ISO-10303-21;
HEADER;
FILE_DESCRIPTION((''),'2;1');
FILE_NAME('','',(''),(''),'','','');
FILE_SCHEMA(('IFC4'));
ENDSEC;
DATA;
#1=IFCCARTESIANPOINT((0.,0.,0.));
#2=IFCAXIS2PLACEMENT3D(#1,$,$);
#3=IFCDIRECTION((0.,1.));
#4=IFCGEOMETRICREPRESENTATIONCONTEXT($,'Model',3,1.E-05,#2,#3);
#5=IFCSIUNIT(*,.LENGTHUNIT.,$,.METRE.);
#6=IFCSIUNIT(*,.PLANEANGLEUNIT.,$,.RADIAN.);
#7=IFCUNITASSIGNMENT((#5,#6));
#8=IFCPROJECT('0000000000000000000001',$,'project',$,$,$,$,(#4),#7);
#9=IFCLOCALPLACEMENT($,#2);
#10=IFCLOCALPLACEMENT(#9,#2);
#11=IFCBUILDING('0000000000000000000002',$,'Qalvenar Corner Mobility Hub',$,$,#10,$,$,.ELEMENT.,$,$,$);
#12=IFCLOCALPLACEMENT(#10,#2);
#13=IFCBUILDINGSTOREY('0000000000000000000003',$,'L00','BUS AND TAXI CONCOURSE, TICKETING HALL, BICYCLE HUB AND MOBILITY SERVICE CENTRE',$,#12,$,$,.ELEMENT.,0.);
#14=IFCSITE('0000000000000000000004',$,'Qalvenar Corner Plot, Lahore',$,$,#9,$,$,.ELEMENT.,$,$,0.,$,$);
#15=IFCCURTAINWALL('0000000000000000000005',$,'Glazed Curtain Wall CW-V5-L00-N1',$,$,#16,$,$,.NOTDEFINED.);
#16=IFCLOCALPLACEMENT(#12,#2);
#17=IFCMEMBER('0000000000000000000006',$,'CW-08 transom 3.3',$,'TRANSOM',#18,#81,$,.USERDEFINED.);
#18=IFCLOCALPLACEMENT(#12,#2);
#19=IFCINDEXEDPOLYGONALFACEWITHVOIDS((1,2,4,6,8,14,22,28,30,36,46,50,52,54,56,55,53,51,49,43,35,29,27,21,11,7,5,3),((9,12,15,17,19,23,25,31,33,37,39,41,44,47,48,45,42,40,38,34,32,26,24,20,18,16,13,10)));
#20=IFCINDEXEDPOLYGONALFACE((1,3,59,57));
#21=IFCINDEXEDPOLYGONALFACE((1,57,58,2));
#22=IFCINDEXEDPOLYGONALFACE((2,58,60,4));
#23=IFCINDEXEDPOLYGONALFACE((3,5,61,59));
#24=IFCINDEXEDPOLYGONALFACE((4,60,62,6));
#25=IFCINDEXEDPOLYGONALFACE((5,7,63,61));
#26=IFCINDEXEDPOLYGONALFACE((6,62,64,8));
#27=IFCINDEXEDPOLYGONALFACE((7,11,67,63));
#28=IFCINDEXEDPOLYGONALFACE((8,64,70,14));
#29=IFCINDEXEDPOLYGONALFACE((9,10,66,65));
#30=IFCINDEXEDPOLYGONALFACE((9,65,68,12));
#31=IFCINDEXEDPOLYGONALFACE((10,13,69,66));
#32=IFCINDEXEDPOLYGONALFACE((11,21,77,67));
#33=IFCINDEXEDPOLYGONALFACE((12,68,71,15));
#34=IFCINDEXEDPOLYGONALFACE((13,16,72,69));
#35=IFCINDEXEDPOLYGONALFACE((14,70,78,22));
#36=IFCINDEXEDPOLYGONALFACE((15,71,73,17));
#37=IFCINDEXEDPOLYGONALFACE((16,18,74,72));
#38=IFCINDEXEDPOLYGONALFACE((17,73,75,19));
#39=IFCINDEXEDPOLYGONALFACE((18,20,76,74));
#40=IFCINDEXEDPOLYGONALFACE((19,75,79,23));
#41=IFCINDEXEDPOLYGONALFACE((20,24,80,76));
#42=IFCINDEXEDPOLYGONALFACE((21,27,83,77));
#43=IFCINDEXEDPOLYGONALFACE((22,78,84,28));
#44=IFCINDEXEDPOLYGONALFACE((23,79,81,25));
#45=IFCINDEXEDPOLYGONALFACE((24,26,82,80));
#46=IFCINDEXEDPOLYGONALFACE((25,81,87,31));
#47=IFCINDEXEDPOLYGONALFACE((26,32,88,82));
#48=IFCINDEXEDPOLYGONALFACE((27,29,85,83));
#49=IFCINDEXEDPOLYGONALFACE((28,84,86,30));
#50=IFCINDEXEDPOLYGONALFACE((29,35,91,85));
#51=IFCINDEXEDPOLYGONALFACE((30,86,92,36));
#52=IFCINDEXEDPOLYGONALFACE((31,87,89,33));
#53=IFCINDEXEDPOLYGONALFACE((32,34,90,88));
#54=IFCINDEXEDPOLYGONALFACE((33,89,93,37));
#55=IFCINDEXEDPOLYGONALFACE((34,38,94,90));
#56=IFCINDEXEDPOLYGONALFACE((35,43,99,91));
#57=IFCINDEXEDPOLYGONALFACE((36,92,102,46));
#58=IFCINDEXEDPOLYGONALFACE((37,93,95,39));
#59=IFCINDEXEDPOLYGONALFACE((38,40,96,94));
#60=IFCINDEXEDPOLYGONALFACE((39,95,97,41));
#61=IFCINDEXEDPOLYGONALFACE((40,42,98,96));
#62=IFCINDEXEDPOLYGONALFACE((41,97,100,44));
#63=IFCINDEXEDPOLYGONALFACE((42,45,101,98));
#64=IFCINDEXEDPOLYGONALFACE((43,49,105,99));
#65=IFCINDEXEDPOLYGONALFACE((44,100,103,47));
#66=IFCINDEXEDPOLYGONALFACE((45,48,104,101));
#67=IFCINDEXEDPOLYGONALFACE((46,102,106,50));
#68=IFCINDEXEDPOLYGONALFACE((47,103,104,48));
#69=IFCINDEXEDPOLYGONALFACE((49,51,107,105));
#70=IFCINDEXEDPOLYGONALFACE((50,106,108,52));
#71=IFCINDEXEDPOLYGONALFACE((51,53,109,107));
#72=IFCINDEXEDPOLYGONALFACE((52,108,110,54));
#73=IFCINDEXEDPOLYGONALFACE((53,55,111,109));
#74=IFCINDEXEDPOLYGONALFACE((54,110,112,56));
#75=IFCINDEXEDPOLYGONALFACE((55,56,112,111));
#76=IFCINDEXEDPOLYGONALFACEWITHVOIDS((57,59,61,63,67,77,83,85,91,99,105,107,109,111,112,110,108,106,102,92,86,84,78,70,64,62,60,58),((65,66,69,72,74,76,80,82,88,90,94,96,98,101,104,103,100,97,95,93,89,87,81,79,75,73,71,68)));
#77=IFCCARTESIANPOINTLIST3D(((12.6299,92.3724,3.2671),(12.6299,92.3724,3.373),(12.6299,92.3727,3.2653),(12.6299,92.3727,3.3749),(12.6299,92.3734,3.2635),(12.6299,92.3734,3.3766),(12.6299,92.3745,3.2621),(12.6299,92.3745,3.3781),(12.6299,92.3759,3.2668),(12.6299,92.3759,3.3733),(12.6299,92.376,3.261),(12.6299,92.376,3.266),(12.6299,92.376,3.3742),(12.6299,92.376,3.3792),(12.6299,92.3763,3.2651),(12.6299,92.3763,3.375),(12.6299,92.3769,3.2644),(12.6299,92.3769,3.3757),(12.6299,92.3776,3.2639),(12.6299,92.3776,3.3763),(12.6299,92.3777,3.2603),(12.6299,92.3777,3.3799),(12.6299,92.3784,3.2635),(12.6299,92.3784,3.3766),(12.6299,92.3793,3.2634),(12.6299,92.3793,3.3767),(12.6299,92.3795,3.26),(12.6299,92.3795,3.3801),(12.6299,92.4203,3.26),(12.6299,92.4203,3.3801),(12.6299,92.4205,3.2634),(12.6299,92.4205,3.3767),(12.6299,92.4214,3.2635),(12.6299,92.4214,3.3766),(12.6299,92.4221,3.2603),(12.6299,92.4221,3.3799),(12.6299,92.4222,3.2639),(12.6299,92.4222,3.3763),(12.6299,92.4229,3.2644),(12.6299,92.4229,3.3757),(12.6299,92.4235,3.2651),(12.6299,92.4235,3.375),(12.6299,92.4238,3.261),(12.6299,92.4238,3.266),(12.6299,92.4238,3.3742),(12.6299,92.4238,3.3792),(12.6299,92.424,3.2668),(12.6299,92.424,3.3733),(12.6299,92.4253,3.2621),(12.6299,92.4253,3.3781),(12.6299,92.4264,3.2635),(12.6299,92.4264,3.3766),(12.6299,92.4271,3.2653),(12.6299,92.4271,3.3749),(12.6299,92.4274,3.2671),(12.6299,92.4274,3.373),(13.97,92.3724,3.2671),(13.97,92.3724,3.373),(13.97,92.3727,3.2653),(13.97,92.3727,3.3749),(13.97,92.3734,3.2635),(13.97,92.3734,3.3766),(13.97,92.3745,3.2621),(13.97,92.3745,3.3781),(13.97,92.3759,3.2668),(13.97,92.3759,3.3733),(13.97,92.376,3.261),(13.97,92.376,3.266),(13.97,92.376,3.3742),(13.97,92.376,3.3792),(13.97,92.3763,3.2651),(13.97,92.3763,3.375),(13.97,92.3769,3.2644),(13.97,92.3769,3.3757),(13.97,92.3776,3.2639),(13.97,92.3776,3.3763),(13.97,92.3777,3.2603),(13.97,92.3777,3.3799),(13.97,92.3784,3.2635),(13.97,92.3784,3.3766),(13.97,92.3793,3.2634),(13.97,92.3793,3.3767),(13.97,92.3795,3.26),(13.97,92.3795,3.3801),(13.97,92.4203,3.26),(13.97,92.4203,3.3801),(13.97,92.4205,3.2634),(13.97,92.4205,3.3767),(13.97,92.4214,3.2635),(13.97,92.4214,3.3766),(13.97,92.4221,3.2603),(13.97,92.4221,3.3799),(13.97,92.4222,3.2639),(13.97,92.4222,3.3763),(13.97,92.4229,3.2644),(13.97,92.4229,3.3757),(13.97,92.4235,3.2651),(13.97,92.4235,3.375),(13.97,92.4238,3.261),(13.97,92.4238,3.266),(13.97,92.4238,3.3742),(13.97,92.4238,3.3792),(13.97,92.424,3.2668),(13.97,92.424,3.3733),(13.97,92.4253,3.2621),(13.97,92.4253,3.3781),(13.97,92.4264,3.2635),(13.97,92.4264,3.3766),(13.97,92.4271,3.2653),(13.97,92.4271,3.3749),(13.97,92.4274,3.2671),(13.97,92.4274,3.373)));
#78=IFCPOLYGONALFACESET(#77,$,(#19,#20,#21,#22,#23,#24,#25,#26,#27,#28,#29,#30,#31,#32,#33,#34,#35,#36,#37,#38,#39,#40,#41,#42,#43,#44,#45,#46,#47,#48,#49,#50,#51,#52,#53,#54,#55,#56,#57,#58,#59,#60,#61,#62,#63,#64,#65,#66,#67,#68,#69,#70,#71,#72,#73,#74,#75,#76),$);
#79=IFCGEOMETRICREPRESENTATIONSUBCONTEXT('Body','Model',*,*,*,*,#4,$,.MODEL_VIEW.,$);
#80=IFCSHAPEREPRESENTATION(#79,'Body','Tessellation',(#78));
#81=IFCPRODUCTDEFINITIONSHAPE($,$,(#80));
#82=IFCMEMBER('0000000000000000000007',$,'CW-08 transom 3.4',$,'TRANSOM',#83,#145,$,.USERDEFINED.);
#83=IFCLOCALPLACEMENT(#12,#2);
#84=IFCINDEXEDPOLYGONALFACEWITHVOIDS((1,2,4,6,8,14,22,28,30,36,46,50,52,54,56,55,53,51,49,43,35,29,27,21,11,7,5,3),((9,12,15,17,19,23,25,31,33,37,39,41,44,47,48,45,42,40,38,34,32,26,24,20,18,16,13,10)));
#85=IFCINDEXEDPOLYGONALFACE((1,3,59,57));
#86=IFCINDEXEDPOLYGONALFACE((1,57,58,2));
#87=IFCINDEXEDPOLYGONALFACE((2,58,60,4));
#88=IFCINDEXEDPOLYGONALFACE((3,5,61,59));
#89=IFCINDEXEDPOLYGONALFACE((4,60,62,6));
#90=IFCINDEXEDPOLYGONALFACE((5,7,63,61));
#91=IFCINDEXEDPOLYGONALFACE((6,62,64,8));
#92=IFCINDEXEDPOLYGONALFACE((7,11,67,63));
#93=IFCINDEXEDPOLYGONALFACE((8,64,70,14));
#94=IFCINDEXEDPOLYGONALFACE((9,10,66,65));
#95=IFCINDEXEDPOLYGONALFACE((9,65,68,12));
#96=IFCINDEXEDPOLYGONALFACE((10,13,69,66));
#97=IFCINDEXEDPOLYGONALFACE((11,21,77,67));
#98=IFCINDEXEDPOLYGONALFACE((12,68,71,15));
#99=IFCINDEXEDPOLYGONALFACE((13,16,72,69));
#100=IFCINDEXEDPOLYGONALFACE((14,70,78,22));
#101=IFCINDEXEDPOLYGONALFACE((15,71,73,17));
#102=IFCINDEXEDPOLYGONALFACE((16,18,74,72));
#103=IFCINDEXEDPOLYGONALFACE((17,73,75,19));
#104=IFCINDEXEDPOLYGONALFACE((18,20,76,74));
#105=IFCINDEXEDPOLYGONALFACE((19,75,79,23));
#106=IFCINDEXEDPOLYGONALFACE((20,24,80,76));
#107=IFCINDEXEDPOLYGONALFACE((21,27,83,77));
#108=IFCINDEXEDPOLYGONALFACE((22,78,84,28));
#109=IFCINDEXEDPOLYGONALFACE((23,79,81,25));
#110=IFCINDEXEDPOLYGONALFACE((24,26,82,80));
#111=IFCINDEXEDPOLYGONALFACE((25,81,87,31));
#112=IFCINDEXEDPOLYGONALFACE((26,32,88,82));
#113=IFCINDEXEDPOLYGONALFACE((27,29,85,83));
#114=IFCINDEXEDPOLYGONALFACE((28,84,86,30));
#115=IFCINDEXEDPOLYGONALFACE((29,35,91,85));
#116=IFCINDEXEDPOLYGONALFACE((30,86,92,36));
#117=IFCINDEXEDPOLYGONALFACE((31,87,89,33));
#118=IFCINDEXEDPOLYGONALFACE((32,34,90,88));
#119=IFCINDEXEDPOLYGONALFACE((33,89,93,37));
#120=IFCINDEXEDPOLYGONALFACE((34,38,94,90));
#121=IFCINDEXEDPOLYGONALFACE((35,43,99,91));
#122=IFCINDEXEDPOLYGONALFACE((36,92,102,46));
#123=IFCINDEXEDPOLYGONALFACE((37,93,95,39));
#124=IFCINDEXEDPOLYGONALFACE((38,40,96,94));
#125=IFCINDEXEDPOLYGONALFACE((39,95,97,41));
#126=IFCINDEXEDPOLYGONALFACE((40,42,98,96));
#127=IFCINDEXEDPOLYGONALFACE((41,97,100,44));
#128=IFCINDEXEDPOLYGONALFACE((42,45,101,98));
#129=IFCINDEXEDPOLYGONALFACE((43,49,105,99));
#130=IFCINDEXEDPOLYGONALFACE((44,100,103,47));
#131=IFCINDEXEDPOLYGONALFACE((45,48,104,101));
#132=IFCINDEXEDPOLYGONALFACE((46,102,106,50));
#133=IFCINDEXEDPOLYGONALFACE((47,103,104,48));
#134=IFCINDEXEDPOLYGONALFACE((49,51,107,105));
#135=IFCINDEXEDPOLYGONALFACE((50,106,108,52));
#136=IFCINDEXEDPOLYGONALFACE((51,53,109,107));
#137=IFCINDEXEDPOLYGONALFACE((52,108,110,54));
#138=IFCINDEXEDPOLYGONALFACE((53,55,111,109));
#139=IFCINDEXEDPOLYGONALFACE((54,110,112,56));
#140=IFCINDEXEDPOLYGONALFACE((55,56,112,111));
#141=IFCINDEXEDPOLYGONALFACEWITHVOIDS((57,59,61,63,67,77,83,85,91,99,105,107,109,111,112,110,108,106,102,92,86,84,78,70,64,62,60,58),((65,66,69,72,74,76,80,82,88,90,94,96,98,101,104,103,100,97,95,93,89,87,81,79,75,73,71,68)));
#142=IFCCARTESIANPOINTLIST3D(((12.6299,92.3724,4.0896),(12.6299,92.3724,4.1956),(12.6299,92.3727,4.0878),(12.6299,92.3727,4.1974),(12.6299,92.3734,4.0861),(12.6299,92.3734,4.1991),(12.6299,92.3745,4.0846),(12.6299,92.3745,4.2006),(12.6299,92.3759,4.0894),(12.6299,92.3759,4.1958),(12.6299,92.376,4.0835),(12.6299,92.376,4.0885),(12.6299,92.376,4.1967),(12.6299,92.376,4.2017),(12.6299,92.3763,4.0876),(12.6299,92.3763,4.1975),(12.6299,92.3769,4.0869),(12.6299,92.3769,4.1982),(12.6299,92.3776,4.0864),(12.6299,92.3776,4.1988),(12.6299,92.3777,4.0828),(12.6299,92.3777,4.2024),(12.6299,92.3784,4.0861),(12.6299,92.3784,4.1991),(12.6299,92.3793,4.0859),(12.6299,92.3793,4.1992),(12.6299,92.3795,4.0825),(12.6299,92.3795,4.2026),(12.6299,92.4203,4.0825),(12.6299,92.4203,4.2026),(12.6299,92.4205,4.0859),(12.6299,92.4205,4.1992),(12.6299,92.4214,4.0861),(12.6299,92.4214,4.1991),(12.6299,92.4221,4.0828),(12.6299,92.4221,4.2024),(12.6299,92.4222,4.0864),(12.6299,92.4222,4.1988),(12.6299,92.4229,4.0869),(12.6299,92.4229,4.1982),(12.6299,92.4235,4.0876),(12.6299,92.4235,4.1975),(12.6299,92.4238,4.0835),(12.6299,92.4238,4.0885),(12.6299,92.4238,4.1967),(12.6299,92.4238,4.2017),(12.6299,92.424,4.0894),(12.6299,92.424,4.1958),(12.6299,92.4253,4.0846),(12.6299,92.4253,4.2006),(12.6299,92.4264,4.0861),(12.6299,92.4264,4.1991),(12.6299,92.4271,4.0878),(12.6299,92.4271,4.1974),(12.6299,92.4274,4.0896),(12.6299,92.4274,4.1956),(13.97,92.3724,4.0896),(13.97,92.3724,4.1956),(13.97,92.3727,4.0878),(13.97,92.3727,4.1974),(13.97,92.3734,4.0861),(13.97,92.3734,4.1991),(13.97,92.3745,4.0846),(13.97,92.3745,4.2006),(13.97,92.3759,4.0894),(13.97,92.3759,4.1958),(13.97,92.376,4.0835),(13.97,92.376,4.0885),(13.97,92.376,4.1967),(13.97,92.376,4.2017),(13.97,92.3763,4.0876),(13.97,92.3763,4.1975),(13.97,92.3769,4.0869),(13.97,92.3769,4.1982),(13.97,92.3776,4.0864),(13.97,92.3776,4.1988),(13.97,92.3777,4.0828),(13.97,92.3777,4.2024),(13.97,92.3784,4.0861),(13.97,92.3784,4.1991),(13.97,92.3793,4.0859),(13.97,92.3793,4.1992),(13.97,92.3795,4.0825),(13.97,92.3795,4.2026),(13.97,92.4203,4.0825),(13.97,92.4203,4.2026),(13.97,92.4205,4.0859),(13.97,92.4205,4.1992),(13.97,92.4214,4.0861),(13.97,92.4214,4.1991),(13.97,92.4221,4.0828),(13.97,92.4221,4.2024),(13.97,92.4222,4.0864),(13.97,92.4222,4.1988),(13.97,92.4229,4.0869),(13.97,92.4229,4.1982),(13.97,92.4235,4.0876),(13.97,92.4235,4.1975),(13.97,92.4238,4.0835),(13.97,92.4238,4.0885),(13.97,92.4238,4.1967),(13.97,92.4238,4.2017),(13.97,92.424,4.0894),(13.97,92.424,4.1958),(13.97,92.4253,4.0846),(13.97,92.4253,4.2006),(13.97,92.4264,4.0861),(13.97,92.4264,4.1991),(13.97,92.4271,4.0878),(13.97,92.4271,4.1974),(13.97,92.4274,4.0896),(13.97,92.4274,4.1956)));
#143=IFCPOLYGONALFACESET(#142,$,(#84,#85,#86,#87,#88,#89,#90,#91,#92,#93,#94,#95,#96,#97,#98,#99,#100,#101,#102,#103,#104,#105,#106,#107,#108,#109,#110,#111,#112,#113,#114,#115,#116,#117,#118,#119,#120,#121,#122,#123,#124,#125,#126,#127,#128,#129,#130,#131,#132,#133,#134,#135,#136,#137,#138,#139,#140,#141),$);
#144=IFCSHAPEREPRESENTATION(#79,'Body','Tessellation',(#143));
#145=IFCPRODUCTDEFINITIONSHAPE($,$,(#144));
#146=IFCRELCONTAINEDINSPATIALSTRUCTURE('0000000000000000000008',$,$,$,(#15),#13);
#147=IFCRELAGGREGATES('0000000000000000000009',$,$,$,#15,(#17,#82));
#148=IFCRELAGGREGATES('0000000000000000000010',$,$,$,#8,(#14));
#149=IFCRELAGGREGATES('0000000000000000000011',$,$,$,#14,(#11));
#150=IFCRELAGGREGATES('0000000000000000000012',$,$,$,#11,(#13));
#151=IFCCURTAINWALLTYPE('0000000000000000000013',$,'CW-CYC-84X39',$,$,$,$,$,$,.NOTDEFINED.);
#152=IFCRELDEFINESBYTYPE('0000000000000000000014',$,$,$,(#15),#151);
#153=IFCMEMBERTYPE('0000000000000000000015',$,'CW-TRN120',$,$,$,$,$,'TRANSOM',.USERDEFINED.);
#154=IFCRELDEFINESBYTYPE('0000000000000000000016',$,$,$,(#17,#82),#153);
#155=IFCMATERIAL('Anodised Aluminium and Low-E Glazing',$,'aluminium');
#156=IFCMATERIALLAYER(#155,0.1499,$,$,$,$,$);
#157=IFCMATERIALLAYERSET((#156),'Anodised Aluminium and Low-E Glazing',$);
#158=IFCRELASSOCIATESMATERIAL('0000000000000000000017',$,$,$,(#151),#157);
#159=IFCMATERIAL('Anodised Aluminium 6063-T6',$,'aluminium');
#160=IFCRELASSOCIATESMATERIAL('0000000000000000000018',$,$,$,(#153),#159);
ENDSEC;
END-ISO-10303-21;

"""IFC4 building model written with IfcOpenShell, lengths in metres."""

from ifc_helpers import new_model, si_unit, direction, frame, origin, origin_2d, place, context, subcontext, project, spatial, hollow_rectangle, extrude, material, layer, layer_set, material_profile, profile_set, type_object, element, aggregate, save


model = new_model("IFC4")

# Units and contexts
model_context = context("Model", 3, precision=1e-05, world=origin(), true_north=direction((0.0, 1.0)))
body_context = subcontext(model_context, "Body", "Model", "MODEL_VIEW")
ifc_project = project(units=[si_unit("LENGTHUNIT", "METRE"), si_unit("PLANEANGLEUNIT", "RADIAN")], contexts=[model_context])

# Site, building, storey
site_placement = place(None, origin())
site = spatial("IfcSite", under=ifc_project, at=site_placement, Name="Qalvenar Corner Plot, Lahore", CompositionType="ELEMENT", RefElevation=0.0)
building_placement = place(site_placement, origin())
building = spatial("IfcBuilding", under=site, at=building_placement, Name="Qalvenar Corner Mobility Hub", CompositionType="ELEMENT")
storey_placement = place(building_placement, origin())
storey = spatial("IfcBuildingStorey", under=building, at=storey_placement, Name="L00", Description="BUS AND TAXI CONCOURSE, TICKETING HALL, BICYCLE HUB AND MOBILITY SERVICE CENTRE", CompositionType="ELEMENT", Elevation=0.0)

# Curtain wall, members
ifc_material_1 = material(Name="Anodised Aluminium and Low-E Glazing", Category="aluminium")
ifc_layer_1 = layer(ifc_material_1, 0.1499)
ifc_layer_set_1 = layer_set([ifc_layer_1], Name="Anodised Aluminium and Low-E Glazing")
curtain_wall_type = type_object("IfcCurtainWallType", Name="CW-CYC-84X39", PredefinedType="NOTDEFINED", material=ifc_layer_set_1)
curtain_wall_placement = place(storey_placement, origin())
curtain_wall = element("IfcCurtainWall", 1, at=curtain_wall_placement, inside=storey, type_object=curtain_wall_type, Name="Glazed Curtain Wall CW-V5-L00-N1", PredefinedType="NOTDEFINED")
ifc_material_2 = material(Name="Anodised Aluminium 6063-T6", Category="aluminium")
ifc_material_profile_1 = material_profile(ifc_material_2, hollow_rectangle(XDim=0.0549, YDim=0.1201, WallThickness=0.0034, InnerFilletRadius=0.0034, OuterFilletRadius=0.0071, at=origin_2d()), Name="RHS120x55x3.5")
ifc_profile_set_1 = profile_set([ifc_material_profile_1], Name="Anodised Aluminium 6063-T6")
member_type_1 = type_object("IfcMemberType", Name="CW-TRN120", ElementType="TRANSOM", PredefinedType="USERDEFINED", material=ifc_profile_set_1)
member_1_placement = place(storey_placement, frame((13.97, 92.3999, 3.3201), z_axis=(-1.0, 0.0, 0.0), x_axis=(0.0, -1.0, 0.0)))
member_1 = element("IfcMember", 2, at=member_1_placement, type_object=member_type_1, Name="CW-08 transom 3.3", ObjectType="TRANSOM", PredefinedType="USERDEFINED", context=body_context, shape_type="SweptSolid", body=[
    extrude(hollow_rectangle(XDim=0.0549, YDim=0.1201, WallThickness=0.0034, InnerFilletRadius=0.0034, OuterFilletRadius=0.0071, at=origin_2d()), origin(), (0.0, 0.0, 1.0), 1.3401),
])
member_2_placement = place(storey_placement, frame((13.97, 92.3999, 4.1426), z_axis=(-1.0, 0.0, 0.0), x_axis=(0.0, -1.0, 0.0)))
member_2 = element("IfcMember", 3, at=member_2_placement, type_object=member_type_1, Name="CW-08 transom 3.4", ObjectType="TRANSOM", PredefinedType="USERDEFINED", context=body_context, shape_type="SweptSolid", body=[
    extrude(hollow_rectangle(XDim=0.0549, YDim=0.1201, WallThickness=0.0034, InnerFilletRadius=0.0034, OuterFilletRadius=0.0071, at=origin_2d()), origin(), (0.0, 0.0, 1.0), 1.3401),
])
aggregate(curtain_wall, [member_1, member_2])

save(model, "model.ifc")
